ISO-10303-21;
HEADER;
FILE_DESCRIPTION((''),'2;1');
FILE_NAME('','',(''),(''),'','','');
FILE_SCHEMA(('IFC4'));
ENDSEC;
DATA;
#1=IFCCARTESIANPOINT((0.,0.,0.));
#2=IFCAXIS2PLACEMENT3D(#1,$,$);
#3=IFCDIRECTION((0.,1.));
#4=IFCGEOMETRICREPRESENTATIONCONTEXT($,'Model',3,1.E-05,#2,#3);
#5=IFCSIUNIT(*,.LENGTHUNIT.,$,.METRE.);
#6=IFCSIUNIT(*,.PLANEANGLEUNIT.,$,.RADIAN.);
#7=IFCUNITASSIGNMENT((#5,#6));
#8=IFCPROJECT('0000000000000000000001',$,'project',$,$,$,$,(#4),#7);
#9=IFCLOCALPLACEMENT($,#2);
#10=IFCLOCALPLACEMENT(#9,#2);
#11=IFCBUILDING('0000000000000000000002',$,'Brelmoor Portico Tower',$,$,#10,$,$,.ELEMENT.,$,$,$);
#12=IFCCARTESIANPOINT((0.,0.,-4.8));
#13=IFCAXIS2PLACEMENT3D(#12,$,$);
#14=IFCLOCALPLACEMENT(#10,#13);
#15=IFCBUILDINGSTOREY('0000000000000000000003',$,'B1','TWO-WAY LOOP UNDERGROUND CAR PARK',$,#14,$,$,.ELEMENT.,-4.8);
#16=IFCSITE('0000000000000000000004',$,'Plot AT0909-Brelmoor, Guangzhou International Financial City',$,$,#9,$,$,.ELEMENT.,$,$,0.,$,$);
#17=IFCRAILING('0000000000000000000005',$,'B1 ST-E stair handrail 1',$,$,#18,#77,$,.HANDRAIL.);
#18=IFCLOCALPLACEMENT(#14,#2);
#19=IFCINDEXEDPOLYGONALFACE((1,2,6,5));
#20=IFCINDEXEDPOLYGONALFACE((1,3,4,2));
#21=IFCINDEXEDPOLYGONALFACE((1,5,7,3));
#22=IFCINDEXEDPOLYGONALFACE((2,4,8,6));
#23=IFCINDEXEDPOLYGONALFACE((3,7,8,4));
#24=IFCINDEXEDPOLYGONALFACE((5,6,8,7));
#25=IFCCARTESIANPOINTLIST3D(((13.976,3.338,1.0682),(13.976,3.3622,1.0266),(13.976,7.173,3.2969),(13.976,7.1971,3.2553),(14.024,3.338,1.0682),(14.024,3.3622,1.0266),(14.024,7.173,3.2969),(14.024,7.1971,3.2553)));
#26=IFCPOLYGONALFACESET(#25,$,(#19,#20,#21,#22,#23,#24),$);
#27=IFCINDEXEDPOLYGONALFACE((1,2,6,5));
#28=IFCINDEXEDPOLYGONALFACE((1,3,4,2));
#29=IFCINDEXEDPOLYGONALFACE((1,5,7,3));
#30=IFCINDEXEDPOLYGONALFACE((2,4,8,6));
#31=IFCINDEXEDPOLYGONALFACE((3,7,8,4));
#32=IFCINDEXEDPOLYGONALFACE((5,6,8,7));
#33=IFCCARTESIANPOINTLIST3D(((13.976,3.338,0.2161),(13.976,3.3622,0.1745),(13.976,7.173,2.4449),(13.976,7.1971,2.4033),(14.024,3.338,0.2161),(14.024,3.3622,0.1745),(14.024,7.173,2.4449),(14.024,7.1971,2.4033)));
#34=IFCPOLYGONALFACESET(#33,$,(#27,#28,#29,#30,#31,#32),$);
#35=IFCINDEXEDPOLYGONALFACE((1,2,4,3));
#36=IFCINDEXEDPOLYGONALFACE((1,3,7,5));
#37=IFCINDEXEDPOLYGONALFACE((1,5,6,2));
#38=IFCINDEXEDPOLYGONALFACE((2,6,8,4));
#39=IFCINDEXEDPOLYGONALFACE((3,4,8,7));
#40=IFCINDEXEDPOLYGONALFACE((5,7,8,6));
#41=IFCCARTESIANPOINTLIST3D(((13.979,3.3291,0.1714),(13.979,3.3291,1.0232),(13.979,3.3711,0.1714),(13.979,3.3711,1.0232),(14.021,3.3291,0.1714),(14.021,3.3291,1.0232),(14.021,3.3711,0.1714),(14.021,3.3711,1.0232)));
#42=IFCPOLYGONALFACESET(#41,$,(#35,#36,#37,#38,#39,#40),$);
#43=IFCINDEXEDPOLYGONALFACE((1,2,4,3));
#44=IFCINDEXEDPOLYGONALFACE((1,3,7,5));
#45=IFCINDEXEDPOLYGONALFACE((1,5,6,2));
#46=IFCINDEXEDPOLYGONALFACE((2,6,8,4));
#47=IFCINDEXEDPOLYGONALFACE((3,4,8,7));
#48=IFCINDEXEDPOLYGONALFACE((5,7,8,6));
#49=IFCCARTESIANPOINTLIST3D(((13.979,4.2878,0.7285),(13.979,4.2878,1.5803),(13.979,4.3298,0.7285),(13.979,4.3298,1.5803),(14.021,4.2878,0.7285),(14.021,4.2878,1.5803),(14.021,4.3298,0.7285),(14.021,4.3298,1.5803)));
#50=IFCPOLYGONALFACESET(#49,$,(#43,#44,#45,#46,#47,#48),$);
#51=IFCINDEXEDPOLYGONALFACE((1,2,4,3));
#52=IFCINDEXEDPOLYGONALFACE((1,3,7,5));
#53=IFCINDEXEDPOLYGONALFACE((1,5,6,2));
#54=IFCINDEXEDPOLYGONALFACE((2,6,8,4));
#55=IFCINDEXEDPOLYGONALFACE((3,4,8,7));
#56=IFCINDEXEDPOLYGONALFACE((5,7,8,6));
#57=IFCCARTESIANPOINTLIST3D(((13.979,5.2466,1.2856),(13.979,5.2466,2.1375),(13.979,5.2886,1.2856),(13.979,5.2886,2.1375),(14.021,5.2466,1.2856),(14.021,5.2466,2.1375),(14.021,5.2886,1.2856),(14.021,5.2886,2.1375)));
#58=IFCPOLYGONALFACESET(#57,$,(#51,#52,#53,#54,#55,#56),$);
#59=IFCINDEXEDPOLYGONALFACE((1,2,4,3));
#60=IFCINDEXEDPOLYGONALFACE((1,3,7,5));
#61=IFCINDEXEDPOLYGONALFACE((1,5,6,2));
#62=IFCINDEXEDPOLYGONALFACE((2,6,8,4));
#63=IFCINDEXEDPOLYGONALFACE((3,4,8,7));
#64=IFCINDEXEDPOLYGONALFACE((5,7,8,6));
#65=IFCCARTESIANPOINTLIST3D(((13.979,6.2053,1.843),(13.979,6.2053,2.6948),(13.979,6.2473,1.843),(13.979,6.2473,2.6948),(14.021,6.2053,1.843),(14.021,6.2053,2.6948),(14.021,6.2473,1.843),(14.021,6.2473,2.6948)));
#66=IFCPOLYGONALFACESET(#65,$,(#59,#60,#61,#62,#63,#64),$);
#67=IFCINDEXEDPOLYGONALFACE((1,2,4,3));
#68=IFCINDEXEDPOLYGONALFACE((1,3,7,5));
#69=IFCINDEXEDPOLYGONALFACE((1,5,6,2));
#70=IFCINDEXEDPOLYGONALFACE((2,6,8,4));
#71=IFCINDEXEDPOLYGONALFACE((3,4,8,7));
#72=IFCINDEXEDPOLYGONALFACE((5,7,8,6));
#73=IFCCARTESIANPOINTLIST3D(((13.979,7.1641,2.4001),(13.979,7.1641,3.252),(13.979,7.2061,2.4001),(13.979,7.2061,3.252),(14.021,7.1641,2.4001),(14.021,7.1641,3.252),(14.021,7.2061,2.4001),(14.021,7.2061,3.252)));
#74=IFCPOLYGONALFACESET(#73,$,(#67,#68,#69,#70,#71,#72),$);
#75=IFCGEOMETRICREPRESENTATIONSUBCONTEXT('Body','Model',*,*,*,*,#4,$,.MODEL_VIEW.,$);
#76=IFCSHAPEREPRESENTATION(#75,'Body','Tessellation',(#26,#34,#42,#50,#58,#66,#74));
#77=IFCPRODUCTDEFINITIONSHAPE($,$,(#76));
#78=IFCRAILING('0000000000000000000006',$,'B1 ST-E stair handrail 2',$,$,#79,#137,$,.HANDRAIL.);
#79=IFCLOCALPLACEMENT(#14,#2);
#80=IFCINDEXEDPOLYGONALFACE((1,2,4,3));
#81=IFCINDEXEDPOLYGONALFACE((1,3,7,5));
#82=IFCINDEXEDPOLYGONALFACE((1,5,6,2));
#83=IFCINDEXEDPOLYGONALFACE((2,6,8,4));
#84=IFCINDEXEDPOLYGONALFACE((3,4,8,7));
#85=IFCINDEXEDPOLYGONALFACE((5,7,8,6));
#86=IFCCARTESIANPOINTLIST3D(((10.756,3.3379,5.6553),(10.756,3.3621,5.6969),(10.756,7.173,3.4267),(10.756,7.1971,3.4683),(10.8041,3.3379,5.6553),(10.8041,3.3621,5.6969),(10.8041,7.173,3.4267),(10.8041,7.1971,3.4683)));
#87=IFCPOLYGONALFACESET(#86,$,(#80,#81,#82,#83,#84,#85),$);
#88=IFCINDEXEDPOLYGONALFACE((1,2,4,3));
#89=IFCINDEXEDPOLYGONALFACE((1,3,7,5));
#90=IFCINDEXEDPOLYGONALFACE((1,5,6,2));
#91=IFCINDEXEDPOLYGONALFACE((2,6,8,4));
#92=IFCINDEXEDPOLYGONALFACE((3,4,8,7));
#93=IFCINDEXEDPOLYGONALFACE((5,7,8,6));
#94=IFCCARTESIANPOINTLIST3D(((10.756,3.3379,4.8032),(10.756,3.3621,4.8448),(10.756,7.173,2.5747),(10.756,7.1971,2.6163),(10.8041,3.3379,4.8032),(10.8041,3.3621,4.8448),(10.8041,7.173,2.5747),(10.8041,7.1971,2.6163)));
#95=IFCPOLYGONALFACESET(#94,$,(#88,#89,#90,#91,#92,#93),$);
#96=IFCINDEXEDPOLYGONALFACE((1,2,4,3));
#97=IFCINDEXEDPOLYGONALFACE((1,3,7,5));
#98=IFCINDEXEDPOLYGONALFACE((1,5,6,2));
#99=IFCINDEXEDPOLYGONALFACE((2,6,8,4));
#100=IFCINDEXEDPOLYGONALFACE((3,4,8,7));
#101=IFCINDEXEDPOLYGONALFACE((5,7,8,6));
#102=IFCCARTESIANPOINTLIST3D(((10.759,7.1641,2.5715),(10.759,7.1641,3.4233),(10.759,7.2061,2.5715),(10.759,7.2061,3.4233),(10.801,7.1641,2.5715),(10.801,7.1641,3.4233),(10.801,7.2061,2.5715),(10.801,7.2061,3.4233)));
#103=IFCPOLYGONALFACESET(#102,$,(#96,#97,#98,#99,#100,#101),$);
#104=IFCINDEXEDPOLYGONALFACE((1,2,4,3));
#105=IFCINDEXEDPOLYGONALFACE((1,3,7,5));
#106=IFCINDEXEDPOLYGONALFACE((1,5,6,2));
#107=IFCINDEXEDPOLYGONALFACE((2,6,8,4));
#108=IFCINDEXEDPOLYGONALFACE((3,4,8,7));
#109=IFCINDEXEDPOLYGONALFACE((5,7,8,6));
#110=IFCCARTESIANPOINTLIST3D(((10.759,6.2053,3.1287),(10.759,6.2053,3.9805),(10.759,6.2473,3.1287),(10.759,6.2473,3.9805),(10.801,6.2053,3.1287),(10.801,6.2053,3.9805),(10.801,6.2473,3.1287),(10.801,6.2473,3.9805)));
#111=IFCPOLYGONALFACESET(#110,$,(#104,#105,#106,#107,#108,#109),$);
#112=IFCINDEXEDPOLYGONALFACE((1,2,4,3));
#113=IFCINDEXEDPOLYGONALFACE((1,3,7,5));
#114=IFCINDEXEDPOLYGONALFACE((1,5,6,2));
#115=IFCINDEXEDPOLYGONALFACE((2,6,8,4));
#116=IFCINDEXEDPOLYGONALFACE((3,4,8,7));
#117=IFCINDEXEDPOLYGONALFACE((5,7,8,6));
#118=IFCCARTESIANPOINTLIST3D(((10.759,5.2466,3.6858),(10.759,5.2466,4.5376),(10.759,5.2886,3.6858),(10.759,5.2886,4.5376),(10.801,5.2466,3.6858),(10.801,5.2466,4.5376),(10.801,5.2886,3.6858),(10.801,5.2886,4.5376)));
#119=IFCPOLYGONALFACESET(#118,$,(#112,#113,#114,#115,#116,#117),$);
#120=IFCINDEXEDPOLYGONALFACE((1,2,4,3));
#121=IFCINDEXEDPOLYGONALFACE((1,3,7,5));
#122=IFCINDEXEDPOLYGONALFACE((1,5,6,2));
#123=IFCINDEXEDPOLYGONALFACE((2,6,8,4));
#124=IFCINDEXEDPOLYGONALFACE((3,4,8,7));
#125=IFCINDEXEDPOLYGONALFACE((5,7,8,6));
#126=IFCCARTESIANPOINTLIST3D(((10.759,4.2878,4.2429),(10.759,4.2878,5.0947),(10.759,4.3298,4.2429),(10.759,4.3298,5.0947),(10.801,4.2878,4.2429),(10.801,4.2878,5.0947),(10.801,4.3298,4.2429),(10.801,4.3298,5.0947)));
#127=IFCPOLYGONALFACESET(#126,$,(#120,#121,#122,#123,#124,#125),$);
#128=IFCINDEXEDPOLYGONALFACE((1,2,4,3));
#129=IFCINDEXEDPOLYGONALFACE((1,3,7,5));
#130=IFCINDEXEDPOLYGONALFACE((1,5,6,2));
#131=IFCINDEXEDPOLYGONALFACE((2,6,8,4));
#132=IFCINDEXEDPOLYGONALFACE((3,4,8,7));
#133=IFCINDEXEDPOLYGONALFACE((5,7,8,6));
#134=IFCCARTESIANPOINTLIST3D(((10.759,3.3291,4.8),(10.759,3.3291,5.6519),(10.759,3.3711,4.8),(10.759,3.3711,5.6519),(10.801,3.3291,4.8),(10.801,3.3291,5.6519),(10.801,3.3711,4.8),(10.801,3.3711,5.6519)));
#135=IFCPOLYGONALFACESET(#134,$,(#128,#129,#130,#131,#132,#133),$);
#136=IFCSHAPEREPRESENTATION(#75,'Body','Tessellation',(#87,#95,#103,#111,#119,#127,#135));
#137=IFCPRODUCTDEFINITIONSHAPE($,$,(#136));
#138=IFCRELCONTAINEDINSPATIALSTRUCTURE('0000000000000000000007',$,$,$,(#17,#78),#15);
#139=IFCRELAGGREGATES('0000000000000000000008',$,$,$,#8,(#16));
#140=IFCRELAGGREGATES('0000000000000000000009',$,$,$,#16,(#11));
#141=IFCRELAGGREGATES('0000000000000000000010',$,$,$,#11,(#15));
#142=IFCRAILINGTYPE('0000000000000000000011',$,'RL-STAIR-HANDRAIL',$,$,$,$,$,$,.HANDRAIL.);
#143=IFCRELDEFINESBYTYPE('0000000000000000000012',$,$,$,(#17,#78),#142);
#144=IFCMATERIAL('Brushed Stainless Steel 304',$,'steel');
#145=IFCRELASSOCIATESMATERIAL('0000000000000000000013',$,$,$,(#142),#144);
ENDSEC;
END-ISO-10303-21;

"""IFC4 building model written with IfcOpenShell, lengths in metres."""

from ifc_helpers import new_model, si_unit, direction, frame, origin, origin_2d, place, context, subcontext, project, spatial, rectangle, extrude, material, type_object, element, save


model = new_model("IFC4")

# Units and contexts
model_context = context("Model", 3, precision=1e-05, world=origin(), true_north=direction((0.0, 1.0)))
body_context = subcontext(model_context, "Body", "Model", "MODEL_VIEW")
ifc_project = project(units=[si_unit("LENGTHUNIT", "METRE"), si_unit("PLANEANGLEUNIT", "RADIAN")], contexts=[model_context])

# Site, building, storey
site_placement = place(None, origin())
site = spatial("IfcSite", under=ifc_project, at=site_placement, Name="Plot AT0909-Brelmoor, Guangzhou International Financial City", CompositionType="ELEMENT", RefElevation=0.0)
building_placement = place(site_placement, origin())
building = spatial("IfcBuilding", under=site, at=building_placement, Name="Brelmoor Portico Tower", CompositionType="ELEMENT")
storey_placement = place(building_placement, frame((0.0, 0.0, -4.8)))
storey = spatial("IfcBuildingStorey", under=building, at=storey_placement, Name="B1", Description="TWO-WAY LOOP UNDERGROUND CAR PARK", CompositionType="ELEMENT", Elevation=-4.8)

# Railings
ifc_material_1 = material(Name="Brushed Stainless Steel 304", Category="steel")
railing_type_1 = type_object("IfcRailingType", Name="RL-STAIR-HANDRAIL", PredefinedType="HANDRAIL", material=ifc_material_1)
railing_1_placement = place(storey_placement, frame((14.0, 3.3501, 0.1714)))
element("IfcRailing", 1, at=railing_1_placement, inside=storey, type_object=railing_type_1, Name="B1 ST-E stair handrail 1", PredefinedType="HANDRAIL", context=body_context, shape_type="SweptSolid", body=[
    extrude(rectangle(XDim=0.0481, YDim=0.0481, at=origin_2d()), frame((0.0, 0.0, 0.876), z_axis=(0.0, 0.864592, 0.502474), x_axis=(-1.0, 0.0, 0.0)), (0.0, 0.0, 1.0), 4.4355),
    extrude(rectangle(XDim=0.0481, YDim=0.0481, at=origin_2d()), frame((0.0, 0.0, 0.0239), z_axis=(0.0, 0.864592, 0.502474), x_axis=(-1.0, 0.0, 0.0)), (0.0, 0.0, 1.0), 4.4355),
    extrude(rectangle(XDim=0.042, YDim=0.042, at=origin_2d()), origin(), (0.0, 0.0, 1.0), 0.8518),
    extrude(rectangle(XDim=0.042, YDim=0.042, at=origin_2d()), frame((0.0, 0.9587, 0.5571)), (0.0, 0.0, 1.0), 0.8518),
    extrude(rectangle(XDim=0.042, YDim=0.042, at=origin_2d()), frame((0.0, 1.9175, 1.1143)), (0.0, 0.0, 1.0), 0.8518),
    extrude(rectangle(XDim=0.042, YDim=0.042, at=origin_2d()), frame((0.0, 2.8762, 1.6716)), (0.0, 0.0, 1.0), 0.8518),
    extrude(rectangle(XDim=0.042, YDim=0.042, at=origin_2d()), frame((0.0, 3.835, 2.2288)), (0.0, 0.0, 1.0), 0.8518),
])
railing_2_placement = place(storey_placement, frame((10.78, 7.1851, 2.5715)))
element("IfcRailing", 2, at=railing_2_placement, inside=storey, type_object=railing_type_1, Name="B1 ST-E stair handrail 2", PredefinedType="HANDRAIL", context=body_context, shape_type="SweptSolid", body=[
    extrude(rectangle(XDim=0.0481, YDim=0.0481, at=origin_2d()), frame((0.0, 0.0, 0.876), z_axis=(0.0, -0.864616, 0.502433), x_axis=(1.0, 0.0, 0.0)), (0.0, 0.0, 1.0), 4.4355),
    extrude(rectangle(XDim=0.0481, YDim=0.0481, at=origin_2d()), frame((0.0, 0.0, 0.0239), z_axis=(0.0, -0.864616, 0.502433), x_axis=(1.0, 0.0, 0.0)), (0.0, 0.0, 1.0), 4.4355),
    extrude(rectangle(XDim=0.042, YDim=0.042, at=origin_2d()), origin(), (0.0, 0.0, 1.0), 0.8518),
    extrude(rectangle(XDim=0.042, YDim=0.042, at=origin_2d()), frame((0.0, -0.9587, 0.5571)), (0.0, 0.0, 1.0), 0.8518),
    extrude(rectangle(XDim=0.042, YDim=0.042, at=origin_2d()), frame((0.0, -1.9175, 1.1143)), (0.0, 0.0, 1.0), 0.8518),
    extrude(rectangle(XDim=0.042, YDim=0.042, at=origin_2d()), frame((0.0, -2.8762, 1.6714)), (0.0, 0.0, 1.0), 0.8518),
    extrude(rectangle(XDim=0.042, YDim=0.042, at=origin_2d()), frame((0.0, -3.835, 2.2285)), (0.0, 0.0, 1.0), 0.8518),
])

save(model, "model.ifc")
